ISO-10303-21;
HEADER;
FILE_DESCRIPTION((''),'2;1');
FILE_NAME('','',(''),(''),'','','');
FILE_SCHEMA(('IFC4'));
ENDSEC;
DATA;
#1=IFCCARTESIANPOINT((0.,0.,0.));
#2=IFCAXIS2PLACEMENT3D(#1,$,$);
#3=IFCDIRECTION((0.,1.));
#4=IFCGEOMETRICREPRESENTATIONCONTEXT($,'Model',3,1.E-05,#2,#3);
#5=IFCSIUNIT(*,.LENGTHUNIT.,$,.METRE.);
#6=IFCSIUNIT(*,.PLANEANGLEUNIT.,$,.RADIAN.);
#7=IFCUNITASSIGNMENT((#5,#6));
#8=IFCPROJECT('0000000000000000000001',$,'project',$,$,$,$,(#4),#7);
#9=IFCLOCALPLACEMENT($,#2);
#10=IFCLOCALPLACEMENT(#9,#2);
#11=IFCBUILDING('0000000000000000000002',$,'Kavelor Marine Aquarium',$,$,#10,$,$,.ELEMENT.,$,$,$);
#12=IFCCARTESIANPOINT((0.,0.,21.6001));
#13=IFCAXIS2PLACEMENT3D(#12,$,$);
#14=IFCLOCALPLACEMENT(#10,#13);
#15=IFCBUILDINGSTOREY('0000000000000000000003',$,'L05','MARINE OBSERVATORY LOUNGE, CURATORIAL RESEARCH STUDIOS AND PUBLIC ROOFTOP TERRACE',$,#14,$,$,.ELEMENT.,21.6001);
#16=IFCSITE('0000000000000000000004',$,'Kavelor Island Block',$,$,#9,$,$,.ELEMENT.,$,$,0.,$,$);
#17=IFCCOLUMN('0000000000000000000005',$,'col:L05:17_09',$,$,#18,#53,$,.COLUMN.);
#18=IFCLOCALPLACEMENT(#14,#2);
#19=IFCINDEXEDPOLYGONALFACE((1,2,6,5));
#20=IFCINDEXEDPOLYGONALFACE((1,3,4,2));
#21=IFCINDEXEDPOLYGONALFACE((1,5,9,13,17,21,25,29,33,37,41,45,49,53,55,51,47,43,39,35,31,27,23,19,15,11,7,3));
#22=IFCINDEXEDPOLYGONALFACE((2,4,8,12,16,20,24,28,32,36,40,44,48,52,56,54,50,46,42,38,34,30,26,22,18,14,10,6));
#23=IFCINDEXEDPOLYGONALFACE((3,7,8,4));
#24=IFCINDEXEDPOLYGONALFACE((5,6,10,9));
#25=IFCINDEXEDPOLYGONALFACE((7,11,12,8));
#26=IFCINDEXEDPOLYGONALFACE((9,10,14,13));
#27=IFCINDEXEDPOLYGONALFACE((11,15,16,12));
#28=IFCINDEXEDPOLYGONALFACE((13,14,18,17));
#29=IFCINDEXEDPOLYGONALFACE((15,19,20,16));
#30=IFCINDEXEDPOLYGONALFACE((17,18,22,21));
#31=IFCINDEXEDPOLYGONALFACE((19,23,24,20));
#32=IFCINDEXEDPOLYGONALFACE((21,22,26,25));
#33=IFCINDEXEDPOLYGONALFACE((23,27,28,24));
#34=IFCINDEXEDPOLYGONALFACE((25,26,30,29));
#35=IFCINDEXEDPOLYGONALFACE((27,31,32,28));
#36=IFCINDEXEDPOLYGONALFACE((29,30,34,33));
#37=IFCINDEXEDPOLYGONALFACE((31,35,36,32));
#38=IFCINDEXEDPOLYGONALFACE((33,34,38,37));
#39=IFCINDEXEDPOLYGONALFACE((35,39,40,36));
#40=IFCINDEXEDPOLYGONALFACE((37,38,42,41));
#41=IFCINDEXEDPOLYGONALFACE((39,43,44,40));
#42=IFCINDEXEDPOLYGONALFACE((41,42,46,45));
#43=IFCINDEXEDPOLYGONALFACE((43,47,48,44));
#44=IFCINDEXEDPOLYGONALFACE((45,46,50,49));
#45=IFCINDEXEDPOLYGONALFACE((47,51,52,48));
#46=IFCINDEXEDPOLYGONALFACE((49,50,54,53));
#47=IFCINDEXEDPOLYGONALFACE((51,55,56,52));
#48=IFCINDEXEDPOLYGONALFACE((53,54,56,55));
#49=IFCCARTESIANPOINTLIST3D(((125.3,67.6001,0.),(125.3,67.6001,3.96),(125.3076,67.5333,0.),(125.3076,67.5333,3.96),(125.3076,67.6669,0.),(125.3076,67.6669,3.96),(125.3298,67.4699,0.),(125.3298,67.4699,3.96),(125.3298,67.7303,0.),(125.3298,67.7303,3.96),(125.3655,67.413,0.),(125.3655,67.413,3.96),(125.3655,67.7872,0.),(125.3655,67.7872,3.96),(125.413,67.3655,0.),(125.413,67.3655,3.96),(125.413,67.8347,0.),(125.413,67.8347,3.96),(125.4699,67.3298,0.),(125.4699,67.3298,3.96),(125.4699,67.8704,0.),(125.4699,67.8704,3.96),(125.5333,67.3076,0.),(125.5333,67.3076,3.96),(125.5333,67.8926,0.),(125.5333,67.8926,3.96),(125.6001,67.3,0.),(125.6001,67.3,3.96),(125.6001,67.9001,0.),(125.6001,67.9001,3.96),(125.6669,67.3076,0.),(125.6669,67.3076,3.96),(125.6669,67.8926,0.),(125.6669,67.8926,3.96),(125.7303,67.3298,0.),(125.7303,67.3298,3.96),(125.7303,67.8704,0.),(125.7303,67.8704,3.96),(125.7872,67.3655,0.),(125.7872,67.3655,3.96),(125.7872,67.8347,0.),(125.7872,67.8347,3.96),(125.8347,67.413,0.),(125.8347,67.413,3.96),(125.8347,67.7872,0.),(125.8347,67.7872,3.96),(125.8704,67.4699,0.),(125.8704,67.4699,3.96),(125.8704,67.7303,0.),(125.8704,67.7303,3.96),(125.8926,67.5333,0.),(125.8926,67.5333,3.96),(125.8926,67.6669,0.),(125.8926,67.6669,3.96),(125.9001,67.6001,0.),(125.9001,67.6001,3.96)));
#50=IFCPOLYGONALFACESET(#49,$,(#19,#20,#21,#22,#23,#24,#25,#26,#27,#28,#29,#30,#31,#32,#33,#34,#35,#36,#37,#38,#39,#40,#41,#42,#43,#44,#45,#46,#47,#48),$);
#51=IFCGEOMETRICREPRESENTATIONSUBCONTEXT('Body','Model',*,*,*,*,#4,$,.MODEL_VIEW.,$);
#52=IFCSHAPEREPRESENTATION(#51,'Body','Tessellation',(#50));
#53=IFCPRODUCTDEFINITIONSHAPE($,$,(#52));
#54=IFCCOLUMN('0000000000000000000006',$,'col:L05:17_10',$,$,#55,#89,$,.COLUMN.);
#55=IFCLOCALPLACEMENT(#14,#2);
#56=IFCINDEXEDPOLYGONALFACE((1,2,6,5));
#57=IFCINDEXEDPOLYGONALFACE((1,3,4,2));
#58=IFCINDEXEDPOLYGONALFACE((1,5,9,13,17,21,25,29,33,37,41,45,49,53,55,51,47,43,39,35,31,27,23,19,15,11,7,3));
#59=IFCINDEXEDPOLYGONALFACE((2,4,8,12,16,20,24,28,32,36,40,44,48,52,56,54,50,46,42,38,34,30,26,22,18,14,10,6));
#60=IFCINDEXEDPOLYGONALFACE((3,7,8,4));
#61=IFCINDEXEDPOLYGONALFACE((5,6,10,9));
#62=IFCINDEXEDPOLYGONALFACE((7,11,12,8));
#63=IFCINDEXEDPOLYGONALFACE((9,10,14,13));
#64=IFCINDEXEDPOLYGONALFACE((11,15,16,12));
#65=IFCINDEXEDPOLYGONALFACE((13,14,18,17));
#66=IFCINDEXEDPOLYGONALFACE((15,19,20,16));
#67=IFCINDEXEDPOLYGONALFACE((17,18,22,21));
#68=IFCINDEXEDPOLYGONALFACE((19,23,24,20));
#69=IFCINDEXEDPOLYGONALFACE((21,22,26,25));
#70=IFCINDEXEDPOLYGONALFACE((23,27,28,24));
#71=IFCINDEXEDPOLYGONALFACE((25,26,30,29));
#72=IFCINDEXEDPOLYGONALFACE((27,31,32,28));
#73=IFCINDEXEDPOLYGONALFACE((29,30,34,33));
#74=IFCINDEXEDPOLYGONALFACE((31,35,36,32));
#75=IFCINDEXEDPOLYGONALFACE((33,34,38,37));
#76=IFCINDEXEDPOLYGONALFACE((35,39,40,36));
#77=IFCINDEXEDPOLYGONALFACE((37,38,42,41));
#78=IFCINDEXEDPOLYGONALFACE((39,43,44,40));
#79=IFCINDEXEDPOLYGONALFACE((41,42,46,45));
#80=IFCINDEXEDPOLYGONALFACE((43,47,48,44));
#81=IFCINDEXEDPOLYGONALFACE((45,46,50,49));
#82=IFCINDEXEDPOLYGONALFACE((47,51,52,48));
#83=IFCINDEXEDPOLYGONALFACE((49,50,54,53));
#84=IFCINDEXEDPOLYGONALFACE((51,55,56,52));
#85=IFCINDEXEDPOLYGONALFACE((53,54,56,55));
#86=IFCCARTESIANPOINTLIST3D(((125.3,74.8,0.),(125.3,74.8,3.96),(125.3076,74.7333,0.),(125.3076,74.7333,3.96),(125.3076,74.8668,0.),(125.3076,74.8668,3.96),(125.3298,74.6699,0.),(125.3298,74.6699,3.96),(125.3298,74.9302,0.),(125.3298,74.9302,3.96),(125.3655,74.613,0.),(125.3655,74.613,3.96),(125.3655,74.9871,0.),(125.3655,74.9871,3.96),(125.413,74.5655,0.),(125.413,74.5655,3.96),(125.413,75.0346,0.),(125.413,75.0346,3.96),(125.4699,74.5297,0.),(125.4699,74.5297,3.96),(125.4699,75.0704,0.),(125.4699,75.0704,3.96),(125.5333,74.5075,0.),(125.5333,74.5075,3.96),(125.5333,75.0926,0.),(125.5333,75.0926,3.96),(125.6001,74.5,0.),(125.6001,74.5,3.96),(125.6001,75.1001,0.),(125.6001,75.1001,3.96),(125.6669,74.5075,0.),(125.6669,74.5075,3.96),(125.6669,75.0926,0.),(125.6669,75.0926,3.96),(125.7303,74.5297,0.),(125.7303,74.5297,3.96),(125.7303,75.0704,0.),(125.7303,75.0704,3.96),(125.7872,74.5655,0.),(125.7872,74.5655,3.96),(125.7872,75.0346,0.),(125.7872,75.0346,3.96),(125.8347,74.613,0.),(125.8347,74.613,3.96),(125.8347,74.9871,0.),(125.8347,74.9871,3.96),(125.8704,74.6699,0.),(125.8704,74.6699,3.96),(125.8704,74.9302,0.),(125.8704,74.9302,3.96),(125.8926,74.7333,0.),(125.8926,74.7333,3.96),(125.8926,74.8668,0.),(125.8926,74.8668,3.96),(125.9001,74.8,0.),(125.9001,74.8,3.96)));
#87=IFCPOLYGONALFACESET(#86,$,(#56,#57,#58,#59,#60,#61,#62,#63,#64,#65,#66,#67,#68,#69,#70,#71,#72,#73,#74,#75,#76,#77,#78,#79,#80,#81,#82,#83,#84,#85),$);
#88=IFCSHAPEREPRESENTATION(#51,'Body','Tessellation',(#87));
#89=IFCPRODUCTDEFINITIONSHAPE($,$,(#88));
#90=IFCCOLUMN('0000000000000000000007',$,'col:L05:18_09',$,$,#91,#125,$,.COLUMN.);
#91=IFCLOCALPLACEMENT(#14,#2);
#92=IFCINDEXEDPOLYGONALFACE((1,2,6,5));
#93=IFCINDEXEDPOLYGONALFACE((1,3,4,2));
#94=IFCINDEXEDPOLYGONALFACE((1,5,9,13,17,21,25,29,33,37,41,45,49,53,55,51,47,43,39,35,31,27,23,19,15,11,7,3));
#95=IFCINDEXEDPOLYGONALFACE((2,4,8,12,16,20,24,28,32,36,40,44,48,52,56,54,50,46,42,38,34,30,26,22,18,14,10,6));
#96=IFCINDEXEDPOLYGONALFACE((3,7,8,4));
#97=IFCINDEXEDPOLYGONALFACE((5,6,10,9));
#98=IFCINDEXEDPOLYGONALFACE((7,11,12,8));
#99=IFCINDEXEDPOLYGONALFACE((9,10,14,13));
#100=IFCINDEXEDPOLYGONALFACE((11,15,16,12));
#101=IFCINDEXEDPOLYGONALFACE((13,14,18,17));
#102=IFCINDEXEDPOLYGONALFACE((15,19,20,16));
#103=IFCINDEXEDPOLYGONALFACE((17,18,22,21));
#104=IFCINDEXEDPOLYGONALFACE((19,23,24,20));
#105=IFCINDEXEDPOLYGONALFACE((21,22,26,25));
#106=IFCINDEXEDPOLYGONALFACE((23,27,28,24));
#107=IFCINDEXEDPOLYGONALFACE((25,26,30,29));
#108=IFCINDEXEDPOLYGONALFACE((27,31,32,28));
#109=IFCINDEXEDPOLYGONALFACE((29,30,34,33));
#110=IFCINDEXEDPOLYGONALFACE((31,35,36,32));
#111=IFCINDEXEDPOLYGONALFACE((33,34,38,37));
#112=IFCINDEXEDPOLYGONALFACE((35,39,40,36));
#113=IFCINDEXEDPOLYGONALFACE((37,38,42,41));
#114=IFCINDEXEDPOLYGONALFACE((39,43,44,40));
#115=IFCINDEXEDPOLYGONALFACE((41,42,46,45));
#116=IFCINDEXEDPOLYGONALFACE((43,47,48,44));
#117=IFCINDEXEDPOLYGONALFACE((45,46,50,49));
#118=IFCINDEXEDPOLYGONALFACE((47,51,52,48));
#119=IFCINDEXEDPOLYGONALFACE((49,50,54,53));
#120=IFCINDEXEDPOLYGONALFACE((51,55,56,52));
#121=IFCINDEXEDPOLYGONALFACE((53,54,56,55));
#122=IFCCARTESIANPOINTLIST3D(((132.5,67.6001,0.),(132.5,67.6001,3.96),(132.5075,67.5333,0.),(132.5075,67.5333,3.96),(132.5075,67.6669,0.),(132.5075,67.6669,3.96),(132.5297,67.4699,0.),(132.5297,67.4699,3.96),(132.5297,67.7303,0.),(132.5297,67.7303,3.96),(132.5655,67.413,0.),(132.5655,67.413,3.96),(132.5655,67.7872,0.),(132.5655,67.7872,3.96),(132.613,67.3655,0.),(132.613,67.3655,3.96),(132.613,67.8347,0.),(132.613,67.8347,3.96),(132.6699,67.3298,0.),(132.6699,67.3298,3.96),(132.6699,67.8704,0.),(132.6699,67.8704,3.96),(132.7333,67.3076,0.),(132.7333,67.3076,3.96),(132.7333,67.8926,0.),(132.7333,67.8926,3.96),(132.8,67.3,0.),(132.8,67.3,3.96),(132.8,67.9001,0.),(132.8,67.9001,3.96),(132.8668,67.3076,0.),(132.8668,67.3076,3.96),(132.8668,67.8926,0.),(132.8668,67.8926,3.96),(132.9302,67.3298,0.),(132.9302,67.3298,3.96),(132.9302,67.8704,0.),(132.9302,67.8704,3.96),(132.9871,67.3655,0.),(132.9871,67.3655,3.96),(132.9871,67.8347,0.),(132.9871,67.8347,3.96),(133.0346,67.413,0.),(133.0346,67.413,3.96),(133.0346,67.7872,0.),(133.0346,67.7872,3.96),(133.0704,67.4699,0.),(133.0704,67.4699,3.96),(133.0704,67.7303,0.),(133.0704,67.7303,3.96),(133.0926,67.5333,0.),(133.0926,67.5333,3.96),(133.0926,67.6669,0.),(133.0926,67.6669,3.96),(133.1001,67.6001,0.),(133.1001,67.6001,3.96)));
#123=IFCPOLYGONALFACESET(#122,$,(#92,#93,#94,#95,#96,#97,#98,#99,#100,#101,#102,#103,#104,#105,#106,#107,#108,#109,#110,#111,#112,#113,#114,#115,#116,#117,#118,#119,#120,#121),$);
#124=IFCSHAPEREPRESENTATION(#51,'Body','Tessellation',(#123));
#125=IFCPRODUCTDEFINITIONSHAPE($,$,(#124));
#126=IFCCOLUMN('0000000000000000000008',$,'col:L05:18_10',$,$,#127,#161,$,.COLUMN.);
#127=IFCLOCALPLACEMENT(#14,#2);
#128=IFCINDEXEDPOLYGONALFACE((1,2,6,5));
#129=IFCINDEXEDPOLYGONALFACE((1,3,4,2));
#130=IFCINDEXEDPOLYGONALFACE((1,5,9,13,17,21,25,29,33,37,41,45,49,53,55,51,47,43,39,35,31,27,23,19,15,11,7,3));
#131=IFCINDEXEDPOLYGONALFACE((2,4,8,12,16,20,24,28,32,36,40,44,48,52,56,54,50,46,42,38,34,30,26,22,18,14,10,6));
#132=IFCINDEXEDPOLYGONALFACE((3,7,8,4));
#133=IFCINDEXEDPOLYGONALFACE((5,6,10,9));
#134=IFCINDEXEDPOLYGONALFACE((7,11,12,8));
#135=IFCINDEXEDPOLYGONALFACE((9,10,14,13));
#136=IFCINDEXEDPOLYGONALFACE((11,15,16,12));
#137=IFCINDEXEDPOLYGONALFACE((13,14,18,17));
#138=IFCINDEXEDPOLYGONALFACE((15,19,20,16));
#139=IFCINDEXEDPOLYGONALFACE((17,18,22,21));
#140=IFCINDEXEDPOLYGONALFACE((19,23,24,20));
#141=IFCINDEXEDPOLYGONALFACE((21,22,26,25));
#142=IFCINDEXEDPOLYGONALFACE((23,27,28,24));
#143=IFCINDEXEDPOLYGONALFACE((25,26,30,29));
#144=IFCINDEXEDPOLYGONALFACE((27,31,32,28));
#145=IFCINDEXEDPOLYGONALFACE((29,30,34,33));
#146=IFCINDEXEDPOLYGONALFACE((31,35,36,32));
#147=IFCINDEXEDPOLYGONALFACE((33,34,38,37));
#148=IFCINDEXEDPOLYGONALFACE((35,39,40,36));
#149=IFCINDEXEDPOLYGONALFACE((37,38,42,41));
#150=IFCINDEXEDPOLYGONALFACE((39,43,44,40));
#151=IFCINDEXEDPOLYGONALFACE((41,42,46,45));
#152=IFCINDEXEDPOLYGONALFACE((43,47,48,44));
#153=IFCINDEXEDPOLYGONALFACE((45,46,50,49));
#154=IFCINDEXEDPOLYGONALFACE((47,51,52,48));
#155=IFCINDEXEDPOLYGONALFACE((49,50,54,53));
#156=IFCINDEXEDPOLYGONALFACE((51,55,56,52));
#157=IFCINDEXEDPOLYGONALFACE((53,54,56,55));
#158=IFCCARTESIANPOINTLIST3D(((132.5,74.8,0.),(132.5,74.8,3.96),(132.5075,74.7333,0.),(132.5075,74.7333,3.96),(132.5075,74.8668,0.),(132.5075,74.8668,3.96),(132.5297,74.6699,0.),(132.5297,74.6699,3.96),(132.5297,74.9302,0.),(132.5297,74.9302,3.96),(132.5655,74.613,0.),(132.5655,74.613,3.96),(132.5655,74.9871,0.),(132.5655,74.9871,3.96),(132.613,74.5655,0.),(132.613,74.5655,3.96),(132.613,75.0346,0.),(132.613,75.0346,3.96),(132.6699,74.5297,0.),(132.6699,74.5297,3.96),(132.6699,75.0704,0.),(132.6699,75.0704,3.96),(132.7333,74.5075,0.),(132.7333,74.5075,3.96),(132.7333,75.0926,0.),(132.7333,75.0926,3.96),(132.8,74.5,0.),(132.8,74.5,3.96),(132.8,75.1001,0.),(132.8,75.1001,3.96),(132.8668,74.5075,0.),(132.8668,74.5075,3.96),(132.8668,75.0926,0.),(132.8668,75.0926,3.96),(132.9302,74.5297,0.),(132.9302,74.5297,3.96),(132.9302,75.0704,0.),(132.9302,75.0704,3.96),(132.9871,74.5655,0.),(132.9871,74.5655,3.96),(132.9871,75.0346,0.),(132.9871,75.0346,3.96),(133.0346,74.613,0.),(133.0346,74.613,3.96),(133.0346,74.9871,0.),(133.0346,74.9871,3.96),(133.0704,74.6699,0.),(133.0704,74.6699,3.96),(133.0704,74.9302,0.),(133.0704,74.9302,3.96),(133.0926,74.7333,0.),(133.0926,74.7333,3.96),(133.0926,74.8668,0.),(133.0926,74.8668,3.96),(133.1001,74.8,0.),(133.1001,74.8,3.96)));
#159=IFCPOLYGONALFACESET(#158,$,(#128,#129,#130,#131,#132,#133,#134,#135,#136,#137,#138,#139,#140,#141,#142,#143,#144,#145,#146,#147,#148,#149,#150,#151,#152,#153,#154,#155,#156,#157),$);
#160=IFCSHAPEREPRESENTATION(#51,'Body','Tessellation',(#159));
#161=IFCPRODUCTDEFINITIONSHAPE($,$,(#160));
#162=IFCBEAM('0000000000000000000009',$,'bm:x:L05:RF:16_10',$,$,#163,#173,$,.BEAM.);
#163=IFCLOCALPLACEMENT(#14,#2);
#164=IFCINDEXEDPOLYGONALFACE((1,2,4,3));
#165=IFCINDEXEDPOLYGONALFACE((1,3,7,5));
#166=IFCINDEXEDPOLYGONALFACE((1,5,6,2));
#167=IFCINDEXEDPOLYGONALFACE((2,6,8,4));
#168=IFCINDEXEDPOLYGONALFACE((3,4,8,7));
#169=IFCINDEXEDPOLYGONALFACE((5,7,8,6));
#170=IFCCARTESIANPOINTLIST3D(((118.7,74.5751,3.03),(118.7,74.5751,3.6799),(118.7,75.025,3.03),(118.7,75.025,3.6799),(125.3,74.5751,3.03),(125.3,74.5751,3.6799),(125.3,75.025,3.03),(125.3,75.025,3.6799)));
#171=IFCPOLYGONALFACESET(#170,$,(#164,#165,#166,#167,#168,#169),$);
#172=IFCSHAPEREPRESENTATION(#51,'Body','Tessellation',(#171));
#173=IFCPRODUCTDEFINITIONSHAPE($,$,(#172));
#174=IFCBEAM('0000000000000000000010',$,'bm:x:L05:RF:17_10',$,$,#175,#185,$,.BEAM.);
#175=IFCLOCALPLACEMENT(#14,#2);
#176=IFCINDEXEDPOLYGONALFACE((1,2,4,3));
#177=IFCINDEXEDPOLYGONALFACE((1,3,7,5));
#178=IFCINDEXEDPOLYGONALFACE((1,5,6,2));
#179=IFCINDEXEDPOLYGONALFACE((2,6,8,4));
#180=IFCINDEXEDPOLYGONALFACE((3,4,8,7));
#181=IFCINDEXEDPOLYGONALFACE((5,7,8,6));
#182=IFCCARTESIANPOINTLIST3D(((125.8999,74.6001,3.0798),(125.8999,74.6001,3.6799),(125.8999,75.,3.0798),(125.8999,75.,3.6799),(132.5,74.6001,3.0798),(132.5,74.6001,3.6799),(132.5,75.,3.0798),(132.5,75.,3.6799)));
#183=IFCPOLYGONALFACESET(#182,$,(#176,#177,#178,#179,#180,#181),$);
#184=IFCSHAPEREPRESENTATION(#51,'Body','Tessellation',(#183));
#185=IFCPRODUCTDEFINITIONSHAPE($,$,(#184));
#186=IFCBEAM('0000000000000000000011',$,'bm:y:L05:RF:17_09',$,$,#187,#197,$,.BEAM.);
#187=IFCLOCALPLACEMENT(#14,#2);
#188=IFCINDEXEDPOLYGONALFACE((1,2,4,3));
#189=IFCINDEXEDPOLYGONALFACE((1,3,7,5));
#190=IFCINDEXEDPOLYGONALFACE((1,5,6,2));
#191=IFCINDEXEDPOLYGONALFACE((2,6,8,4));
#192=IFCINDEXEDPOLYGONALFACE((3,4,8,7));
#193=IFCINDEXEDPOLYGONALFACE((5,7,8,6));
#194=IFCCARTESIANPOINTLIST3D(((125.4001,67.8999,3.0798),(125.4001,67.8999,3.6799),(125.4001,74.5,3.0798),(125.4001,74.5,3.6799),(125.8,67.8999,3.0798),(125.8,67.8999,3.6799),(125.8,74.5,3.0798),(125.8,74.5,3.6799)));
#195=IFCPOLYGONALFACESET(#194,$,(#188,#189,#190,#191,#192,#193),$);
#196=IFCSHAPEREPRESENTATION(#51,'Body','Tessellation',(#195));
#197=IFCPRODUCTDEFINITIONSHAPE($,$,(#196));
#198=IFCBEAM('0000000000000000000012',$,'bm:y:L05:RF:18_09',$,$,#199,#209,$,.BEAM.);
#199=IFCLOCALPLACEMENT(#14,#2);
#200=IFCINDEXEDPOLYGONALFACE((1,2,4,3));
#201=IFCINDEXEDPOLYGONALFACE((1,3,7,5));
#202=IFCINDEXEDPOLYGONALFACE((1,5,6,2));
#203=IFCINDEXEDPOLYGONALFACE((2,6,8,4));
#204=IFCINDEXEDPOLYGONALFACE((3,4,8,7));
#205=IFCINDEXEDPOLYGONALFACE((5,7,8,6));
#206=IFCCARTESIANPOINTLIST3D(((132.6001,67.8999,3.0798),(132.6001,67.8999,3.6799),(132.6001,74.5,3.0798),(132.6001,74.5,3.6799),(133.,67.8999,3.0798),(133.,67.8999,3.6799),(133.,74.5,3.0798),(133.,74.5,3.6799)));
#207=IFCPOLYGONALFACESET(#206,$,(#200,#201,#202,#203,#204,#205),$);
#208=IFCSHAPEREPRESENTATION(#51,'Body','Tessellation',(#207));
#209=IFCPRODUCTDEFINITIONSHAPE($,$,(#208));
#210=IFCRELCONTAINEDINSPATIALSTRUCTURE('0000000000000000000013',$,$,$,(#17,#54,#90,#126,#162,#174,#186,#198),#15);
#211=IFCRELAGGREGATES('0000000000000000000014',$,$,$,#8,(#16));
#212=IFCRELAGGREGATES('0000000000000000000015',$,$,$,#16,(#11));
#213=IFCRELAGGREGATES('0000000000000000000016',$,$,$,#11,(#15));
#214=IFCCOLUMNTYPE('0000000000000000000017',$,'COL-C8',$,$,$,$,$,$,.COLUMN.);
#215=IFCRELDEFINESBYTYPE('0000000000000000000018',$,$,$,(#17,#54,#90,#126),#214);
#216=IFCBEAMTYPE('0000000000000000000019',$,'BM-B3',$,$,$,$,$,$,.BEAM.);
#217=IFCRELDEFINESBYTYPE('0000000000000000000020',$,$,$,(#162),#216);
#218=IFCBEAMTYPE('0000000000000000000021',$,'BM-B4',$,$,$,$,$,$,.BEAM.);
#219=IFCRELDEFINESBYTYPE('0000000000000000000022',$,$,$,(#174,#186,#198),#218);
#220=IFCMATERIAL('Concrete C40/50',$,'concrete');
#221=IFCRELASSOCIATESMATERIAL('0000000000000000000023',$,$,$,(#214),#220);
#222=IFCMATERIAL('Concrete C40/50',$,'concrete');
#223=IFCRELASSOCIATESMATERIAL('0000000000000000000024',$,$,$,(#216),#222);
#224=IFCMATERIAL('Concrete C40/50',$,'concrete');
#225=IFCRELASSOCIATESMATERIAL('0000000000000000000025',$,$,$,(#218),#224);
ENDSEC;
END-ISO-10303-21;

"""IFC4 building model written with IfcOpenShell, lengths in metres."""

from ifc_helpers import new_model, si_unit, direction, frame, origin, origin_2d, place, context, subcontext, project, spatial, rectangle, circle, extrude, material, material_profile, profile_set, type_object, element, save


model = new_model("IFC4")

# Units and contexts
model_context = context("Model", 3, precision=1e-05, world=origin(), true_north=direction((0.0, 1.0)))
body_context = subcontext(model_context, "Body", "Model", "MODEL_VIEW")
ifc_project = project(units=[si_unit("LENGTHUNIT", "METRE"), si_unit("PLANEANGLEUNIT", "RADIAN")], contexts=[model_context])

# Site, building, storey
site_placement = place(None, origin())
site = spatial("IfcSite", under=ifc_project, at=site_placement, Name="Kavelor Island Block", CompositionType="ELEMENT", RefElevation=0.0)
building_placement = place(site_placement, origin())
building = spatial("IfcBuilding", under=site, at=building_placement, Name="Kavelor Marine Aquarium", CompositionType="ELEMENT")
storey_placement = place(building_placement, frame((0.0, 0.0, 21.6001)))
storey = spatial("IfcBuildingStorey", under=building, at=storey_placement, Name="L05", Description="MARINE OBSERVATORY LOUNGE, CURATORIAL RESEARCH STUDIOS AND PUBLIC ROOFTOP TERRACE", CompositionType="ELEMENT", Elevation=21.6001)

# Columns
ifc_material_1 = material(Name="Concrete C40/50", Category="concrete")
ifc_material_profile_1 = material_profile(ifc_material_1, circle(Radius=0.3, at=origin_2d()), Name="RC-COL D600")
ifc_profile_set_1 = profile_set([ifc_material_profile_1], Name="Concrete C40/50")
column_type = type_object("IfcColumnType", Name="COL-C8", PredefinedType="COLUMN", material=ifc_profile_set_1)
for number, where, z_axis, x_axis, name in (
    (1, (125.6001, 67.6001, 0.0), (0.0, 0.0, 1.0), (1.0, 0.0, 0.0), "col:L05:17_09"),
    (2, (125.6001, 74.8, 0.0), (0.0, 0.0, 1.0), (1.0, 0.0, 0.0), "col:L05:17_10"),
    (3, (132.8, 67.6001, 0.0), (0.0, 0.0, 1.0), (1.0, 0.0, 0.0), "col:L05:18_09"),
    (4, (132.8, 74.8, 0.0), (0.0, 0.0, 1.0), (1.0, 0.0, 0.0), "col:L05:18_10"),
):
    element("IfcColumn", number, at=place(storey_placement, frame(where, z_axis=z_axis, x_axis=x_axis)), inside=storey, type_object=column_type, Name=name, PredefinedType="COLUMN", context=body_context, shape_type="SweptSolid", body=[
        extrude(circle(Radius=0.3, at=origin_2d()), origin(), (0.0, 0.0, 1.0), 3.96),
    ])

# Beams
ifc_material_2 = material(Name="Concrete C40/50", Category="concrete")
ifc_material_profile_2 = material_profile(ifc_material_2, rectangle(XDim=0.45, YDim=0.6499, at=origin_2d()), Name="RC-BM 450x650")
ifc_profile_set_2 = profile_set([ifc_material_profile_2], Name="Concrete C40/50")
beam_type_1 = type_object("IfcBeamType", Name="BM-B3", PredefinedType="BEAM", material=ifc_profile_set_2)
beam_1_placement = place(storey_placement, frame((118.7, 74.8, 3.355), z_axis=(1.0, 0.0, 0.0), x_axis=(0.0, 1.0, 0.0)))
element("IfcBeam", 5, at=beam_1_placement, inside=storey, type_object=beam_type_1, Name="bm:x:L05:RF:16_10", PredefinedType="BEAM", context=body_context, shape_type="SweptSolid", body=[
    extrude(rectangle(XDim=0.45, YDim=0.6499, at=origin_2d()), origin(), (0.0, 0.0, 1.0), 6.6001),
])
ifc_material_3 = material(Name="Concrete C40/50", Category="concrete")
ifc_material_profile_3 = material_profile(ifc_material_3, rectangle(XDim=0.3999, YDim=0.6001, at=origin_2d()), Name="RC-BM 400x600")
ifc_profile_set_3 = profile_set([ifc_material_profile_3], Name="Concrete C40/50")
beam_type_2 = type_object("IfcBeamType", Name="BM-B4", PredefinedType="BEAM", material=ifc_profile_set_3)
for number, where, z_axis, x_axis, name in (
    (6, (125.8999, 74.8, 3.3799), (1.0, 0.0, 0.0), (0.0, 1.0, 0.0), "bm:x:L05:RF:17_10"),
    (7, (125.6001, 67.8999, 3.3799), (0.0, 1.0, 0.0), (-1.0, 0.0, 0.0), "bm:y:L05:RF:17_09"),
    (8, (132.8, 67.8999, 3.3799), (0.0, 1.0, 0.0), (-1.0, 0.0, 0.0), "bm:y:L05:RF:18_09"),
):
    element("IfcBeam", number, at=place(storey_placement, frame(where, z_axis=z_axis, x_axis=x_axis)), inside=storey, type_object=beam_type_2, Name=name, PredefinedType="BEAM", context=body_context, shape_type="SweptSolid", body=[
        extrude(rectangle(XDim=0.3999, YDim=0.6001, at=origin_2d()), origin(), (0.0, 0.0, 1.0), 6.6001),
    ])

save(model, "model.ifc")
